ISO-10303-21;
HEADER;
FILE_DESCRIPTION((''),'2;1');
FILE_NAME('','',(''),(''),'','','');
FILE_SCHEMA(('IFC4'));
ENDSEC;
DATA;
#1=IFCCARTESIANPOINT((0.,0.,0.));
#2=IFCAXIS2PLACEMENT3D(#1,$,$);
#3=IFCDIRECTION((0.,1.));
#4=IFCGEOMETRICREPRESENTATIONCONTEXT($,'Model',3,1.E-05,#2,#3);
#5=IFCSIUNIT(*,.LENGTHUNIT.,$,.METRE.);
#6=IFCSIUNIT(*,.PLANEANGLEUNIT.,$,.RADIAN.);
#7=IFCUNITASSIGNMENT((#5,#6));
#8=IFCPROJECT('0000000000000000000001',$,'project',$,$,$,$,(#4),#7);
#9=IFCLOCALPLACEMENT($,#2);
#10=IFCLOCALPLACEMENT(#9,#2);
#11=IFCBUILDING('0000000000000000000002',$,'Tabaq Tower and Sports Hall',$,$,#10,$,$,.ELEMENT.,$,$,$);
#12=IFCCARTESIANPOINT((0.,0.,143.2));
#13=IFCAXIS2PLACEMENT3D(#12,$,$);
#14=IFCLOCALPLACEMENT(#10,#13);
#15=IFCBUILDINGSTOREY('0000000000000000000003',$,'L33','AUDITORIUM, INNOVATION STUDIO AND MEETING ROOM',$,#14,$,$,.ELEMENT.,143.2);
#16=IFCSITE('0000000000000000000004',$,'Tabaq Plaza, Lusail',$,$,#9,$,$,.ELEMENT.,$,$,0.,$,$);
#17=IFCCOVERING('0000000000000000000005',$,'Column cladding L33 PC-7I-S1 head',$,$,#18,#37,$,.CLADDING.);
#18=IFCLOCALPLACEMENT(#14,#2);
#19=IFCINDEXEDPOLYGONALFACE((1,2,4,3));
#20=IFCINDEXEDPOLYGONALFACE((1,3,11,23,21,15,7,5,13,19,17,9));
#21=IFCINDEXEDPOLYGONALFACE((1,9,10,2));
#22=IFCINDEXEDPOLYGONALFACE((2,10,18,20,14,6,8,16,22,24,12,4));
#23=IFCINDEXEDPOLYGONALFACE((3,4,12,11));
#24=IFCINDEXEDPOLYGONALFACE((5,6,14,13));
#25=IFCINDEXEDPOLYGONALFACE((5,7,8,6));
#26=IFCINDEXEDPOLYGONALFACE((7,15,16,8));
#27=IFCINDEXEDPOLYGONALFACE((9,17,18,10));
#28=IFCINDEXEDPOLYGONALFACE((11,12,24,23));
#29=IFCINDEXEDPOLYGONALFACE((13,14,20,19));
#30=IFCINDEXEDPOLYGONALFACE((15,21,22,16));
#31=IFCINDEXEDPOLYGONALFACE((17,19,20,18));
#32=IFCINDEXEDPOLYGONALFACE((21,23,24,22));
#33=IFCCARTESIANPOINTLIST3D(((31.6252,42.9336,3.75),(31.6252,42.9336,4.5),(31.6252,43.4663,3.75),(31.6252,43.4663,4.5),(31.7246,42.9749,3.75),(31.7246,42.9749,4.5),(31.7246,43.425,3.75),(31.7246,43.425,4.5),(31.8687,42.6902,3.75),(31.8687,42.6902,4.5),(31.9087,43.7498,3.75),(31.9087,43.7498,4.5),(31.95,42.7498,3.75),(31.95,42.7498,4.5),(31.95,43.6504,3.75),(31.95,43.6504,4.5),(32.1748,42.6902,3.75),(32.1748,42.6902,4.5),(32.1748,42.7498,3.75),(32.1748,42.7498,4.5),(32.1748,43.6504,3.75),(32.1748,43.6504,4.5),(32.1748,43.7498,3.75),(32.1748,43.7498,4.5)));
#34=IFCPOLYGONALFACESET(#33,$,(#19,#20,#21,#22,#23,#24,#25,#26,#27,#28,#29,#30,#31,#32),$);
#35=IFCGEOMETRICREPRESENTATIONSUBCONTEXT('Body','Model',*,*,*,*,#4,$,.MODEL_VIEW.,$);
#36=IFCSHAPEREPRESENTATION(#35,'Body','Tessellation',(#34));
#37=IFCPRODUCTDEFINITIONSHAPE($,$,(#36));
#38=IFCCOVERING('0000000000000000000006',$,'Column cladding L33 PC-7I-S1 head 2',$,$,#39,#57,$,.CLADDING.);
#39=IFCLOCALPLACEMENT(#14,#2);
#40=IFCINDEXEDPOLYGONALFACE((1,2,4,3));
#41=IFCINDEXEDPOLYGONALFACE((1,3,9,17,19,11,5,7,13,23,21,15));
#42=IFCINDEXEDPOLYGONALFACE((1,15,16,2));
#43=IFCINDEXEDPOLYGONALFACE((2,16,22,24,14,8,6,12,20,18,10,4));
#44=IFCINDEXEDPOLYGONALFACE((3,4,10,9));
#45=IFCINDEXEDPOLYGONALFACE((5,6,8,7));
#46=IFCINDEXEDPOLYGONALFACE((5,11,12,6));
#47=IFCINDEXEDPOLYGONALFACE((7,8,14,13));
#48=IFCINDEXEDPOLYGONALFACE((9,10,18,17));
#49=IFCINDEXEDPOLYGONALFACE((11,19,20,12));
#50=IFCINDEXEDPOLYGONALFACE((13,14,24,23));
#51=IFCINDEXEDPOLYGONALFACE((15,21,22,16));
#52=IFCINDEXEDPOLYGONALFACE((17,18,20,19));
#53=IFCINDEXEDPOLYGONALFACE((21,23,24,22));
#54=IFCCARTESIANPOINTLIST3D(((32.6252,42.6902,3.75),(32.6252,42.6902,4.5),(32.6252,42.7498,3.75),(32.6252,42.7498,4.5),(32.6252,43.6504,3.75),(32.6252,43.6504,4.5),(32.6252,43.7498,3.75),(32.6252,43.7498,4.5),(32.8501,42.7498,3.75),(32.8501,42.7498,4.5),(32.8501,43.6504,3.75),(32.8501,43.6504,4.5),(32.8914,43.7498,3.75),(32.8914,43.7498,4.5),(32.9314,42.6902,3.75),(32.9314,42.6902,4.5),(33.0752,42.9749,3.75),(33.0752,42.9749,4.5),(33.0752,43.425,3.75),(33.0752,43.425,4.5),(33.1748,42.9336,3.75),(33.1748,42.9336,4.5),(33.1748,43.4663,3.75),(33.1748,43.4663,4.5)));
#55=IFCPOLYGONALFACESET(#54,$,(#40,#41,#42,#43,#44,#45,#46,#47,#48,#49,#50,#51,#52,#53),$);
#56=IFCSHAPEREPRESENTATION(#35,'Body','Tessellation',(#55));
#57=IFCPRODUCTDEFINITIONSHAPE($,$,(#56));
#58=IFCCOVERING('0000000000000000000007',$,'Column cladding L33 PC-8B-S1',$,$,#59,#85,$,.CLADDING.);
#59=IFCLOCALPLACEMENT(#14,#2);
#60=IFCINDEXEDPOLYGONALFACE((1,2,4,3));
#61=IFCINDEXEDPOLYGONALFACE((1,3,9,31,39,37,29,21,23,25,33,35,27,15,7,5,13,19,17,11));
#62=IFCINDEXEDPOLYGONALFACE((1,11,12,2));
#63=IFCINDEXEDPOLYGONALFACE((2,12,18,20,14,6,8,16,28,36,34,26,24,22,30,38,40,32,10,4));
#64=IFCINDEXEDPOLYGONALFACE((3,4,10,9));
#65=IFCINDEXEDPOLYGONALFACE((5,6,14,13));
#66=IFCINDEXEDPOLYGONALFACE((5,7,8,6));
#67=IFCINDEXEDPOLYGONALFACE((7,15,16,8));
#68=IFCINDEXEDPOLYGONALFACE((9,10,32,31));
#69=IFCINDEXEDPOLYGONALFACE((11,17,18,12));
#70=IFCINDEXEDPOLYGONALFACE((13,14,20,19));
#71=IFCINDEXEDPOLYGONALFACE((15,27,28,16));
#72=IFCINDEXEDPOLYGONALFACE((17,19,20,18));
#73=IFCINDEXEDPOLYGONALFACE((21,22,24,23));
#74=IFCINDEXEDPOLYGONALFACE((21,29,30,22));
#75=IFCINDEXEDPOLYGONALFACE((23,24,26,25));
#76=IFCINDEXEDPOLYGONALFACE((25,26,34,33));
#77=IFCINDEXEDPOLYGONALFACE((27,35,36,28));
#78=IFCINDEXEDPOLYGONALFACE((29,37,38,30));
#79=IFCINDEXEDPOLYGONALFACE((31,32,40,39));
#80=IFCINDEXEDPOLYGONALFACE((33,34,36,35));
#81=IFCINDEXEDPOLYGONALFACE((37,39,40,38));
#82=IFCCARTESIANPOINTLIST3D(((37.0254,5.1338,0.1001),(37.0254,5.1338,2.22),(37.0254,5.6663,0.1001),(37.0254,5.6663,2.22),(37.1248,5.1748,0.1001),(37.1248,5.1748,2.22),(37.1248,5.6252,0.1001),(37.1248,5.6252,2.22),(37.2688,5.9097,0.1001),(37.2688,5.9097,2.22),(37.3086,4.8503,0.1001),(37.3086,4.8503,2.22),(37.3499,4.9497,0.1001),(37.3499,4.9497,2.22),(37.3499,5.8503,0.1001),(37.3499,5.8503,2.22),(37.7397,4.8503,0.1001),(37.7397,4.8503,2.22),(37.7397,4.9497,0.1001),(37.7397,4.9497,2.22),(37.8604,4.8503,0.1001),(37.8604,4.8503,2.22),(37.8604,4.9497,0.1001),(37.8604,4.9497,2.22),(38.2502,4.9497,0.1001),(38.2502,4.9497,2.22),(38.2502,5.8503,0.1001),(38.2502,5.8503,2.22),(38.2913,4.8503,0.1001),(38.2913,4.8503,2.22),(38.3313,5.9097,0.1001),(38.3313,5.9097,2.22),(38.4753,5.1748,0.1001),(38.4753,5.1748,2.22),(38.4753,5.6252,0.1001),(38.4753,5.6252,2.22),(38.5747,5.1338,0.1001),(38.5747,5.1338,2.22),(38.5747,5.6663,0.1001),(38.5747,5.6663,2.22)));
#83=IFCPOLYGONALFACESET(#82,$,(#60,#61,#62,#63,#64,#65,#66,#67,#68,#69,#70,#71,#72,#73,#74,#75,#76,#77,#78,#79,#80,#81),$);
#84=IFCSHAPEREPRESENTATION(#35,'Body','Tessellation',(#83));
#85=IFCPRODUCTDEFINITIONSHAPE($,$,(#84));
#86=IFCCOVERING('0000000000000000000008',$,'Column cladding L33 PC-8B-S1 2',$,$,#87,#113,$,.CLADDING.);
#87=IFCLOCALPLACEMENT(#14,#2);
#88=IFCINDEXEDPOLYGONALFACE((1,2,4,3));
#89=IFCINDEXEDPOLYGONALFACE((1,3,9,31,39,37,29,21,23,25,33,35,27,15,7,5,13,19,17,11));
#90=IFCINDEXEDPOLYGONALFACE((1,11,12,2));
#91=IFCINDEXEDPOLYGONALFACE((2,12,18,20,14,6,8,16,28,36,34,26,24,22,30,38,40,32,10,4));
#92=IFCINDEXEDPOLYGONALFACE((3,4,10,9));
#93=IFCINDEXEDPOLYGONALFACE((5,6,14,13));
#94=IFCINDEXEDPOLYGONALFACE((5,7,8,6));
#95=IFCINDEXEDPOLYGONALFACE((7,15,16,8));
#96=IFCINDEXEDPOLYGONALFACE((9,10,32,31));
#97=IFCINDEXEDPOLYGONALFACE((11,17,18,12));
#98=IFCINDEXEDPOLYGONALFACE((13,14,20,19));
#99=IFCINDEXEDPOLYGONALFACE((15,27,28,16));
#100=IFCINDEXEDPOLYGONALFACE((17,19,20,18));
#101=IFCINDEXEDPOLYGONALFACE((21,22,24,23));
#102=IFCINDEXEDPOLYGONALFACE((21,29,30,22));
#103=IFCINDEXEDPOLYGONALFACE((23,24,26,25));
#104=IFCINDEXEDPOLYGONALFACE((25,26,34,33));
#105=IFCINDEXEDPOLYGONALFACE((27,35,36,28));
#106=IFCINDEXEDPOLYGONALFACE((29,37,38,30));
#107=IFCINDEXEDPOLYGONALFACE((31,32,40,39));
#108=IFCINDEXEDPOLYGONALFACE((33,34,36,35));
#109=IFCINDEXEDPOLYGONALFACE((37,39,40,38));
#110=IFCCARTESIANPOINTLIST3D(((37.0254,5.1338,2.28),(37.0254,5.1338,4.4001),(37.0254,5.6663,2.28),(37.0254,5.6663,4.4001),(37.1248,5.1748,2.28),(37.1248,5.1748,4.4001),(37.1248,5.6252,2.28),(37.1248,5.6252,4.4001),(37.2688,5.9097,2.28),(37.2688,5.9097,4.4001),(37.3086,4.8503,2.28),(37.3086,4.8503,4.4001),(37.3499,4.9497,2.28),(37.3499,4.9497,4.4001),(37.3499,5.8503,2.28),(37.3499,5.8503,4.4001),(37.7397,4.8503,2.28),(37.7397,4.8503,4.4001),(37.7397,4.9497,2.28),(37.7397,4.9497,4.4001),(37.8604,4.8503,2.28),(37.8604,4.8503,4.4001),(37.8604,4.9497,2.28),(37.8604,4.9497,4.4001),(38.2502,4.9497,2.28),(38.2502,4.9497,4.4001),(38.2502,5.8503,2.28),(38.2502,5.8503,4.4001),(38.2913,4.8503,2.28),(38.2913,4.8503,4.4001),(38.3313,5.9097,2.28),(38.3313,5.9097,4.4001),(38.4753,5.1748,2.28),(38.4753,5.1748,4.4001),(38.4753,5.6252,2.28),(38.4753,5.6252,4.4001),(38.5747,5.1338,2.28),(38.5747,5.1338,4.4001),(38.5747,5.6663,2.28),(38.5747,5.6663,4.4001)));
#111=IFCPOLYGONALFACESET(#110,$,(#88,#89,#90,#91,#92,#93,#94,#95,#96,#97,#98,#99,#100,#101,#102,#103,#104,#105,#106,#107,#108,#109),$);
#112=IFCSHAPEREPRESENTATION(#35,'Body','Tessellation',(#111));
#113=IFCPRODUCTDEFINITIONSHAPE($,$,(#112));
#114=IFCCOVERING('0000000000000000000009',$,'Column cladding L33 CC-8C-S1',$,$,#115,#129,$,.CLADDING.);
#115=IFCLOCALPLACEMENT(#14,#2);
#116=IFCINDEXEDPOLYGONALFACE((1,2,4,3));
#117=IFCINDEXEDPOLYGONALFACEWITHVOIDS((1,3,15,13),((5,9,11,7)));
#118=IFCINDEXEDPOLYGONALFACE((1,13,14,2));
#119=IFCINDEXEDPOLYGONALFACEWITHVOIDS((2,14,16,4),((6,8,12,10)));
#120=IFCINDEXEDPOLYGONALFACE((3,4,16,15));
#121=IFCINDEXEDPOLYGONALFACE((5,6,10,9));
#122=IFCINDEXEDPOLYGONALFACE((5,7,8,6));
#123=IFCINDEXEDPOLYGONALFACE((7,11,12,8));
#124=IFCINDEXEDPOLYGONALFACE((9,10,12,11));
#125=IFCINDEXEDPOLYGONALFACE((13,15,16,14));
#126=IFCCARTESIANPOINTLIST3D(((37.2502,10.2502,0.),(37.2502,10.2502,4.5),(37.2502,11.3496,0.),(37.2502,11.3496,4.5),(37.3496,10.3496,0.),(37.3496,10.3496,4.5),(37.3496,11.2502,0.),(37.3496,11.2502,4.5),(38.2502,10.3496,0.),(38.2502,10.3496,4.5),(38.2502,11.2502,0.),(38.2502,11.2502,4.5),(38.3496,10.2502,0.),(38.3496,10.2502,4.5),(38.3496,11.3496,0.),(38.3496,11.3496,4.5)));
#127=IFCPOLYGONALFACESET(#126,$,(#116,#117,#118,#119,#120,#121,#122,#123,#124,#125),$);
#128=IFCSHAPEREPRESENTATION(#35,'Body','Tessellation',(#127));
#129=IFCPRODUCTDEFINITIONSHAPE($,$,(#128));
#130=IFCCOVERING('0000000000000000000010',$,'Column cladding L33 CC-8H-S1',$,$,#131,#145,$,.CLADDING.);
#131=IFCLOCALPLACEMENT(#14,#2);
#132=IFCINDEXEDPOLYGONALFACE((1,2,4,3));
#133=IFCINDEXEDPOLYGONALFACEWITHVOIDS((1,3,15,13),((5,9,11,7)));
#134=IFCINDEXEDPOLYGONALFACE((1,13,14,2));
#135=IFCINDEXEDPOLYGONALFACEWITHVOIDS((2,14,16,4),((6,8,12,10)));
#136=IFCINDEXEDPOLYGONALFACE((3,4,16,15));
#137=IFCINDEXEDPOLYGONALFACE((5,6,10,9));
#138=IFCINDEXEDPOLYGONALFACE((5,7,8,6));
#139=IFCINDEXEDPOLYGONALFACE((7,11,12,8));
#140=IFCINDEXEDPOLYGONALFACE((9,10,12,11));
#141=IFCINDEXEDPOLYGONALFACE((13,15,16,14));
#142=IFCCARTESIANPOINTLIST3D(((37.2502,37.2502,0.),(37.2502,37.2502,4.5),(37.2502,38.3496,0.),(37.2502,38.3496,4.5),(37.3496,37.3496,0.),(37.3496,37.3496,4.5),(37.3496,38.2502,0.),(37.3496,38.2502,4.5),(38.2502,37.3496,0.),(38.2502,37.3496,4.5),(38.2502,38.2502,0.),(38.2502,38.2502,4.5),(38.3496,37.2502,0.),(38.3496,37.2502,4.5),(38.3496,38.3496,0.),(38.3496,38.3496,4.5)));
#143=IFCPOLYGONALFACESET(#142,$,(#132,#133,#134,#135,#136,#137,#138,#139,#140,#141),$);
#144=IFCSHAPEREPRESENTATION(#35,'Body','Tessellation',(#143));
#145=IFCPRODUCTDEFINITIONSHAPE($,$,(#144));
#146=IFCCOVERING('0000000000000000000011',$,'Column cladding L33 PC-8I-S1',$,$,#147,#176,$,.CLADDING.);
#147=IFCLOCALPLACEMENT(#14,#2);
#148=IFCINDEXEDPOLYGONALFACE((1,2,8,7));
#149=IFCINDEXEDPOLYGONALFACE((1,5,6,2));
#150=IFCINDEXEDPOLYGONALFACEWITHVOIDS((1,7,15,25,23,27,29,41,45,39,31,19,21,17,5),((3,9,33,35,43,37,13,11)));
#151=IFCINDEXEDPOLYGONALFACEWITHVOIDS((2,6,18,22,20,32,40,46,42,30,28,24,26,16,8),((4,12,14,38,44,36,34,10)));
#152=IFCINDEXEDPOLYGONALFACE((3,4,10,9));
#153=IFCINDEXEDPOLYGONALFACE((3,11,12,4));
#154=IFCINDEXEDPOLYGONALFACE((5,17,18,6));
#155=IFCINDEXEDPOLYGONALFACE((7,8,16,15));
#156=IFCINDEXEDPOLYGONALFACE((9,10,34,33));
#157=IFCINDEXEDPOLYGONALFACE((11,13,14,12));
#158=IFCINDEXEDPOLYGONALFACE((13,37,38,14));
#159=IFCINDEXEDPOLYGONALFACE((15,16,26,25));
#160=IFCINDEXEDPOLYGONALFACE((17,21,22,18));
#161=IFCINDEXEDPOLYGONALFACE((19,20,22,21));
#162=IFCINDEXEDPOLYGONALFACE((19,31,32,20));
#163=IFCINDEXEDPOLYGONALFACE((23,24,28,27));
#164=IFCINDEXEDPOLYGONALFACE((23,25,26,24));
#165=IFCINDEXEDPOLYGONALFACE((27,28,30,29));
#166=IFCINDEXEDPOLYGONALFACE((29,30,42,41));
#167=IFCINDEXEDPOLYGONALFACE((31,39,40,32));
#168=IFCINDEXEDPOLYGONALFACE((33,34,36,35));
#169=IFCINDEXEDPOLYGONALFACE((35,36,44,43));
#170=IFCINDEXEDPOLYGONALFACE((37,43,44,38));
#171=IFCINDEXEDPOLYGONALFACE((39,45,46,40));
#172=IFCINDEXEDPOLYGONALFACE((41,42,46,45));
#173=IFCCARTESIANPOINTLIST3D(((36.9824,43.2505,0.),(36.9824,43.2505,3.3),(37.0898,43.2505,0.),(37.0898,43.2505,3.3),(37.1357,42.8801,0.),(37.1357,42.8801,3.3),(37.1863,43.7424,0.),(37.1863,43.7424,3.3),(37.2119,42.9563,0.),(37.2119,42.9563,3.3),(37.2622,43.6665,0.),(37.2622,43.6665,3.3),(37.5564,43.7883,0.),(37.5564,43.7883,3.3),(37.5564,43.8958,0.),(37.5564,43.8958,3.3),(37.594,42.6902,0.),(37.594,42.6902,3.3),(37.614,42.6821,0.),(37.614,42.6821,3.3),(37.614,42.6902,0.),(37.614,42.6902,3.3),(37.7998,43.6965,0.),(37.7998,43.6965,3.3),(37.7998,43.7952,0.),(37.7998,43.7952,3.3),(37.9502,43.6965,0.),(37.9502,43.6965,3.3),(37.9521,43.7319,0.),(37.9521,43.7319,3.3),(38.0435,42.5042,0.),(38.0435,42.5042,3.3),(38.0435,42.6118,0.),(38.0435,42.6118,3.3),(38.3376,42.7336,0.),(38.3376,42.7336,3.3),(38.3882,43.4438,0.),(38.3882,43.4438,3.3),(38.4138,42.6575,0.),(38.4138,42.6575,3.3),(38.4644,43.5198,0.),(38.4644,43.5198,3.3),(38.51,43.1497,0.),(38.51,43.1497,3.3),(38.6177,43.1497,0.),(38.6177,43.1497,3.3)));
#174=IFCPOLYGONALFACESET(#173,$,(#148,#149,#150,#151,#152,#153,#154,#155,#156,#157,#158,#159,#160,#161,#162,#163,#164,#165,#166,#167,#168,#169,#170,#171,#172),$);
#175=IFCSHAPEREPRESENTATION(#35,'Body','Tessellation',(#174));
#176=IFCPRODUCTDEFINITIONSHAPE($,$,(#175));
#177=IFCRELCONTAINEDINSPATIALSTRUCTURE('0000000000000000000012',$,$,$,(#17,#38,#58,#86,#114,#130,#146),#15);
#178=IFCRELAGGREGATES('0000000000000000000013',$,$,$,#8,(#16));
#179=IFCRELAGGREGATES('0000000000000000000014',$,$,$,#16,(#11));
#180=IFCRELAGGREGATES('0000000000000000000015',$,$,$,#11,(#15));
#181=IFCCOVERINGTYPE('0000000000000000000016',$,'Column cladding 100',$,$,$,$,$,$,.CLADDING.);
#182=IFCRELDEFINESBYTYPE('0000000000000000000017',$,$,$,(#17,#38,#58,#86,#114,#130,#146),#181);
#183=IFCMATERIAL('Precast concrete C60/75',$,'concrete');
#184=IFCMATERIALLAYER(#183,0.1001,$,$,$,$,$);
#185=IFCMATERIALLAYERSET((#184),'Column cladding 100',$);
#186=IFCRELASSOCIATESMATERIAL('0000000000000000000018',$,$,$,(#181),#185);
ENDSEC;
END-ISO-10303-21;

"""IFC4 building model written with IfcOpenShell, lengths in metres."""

from ifc_helpers import new_model, si_unit, direction, frame, origin, place, context, subcontext, project, spatial, polyline, outline, extrude, material, layer, layer_set, type_object, element, save


model = new_model("IFC4")

# Units and contexts
model_context = context("Model", 3, precision=1e-05, world=origin(), true_north=direction((0.0, 1.0)))
body_context = subcontext(model_context, "Body", "Model", "MODEL_VIEW")
ifc_project = project(units=[si_unit("LENGTHUNIT", "METRE"), si_unit("PLANEANGLEUNIT", "RADIAN")], contexts=[model_context])

# Site, building, storey
site_placement = place(None, origin())
site = spatial("IfcSite", under=ifc_project, at=site_placement, Name="Tabaq Plaza, Lusail", CompositionType="ELEMENT", RefElevation=0.0)
building_placement = place(site_placement, origin())
building = spatial("IfcBuilding", under=site, at=building_placement, Name="Tabaq Tower and Sports Hall", CompositionType="ELEMENT")
storey_placement = place(building_placement, frame((0.0, 0.0, 143.2)))
storey = spatial("IfcBuildingStorey", under=building, at=storey_placement, Name="L33", Description="AUDITORIUM, INNOVATION STUDIO AND MEETING ROOM", CompositionType="ELEMENT", Elevation=143.2)

# Coverings
ifc_material_1 = material(Name="Precast concrete C60/75", Category="concrete")
ifc_layer_1 = layer(ifc_material_1, 0.1001)
ifc_layer_set_1 = layer_set([ifc_layer_1], Name="Column cladding 100")
covering_type = type_object("IfcCoveringType", Name="Column cladding 100", PredefinedType="CLADDING", material=ifc_layer_set_1)
covering_1_placement = place(storey_placement, frame((0.0, 0.0, 3.75)))
element("IfcCovering", 1, at=covering_1_placement, inside=storey, type_object=covering_type, Name="Column cladding L33 PC-7I-S1 head", PredefinedType="CLADDING", context=body_context, shape_type="SweptSolid", body=[
    extrude(outline(polyline([(31.9087, 43.7498), (32.1748, 43.7498), (32.1748, 43.6504), (31.95, 43.6504), (31.7246, 43.425), (31.7246, 42.9749), (31.95, 42.7498), (32.1748, 42.7498), (32.1748, 42.6902), (31.8687, 42.6902), (31.6252, 42.9336), (31.6252, 43.4663), (31.9087, 43.7498)])), origin(), (0.0, 0.0, 1.0), 0.75),
])
covering_2_placement = place(storey_placement, frame((0.0, 0.0, 3.75)))
element("IfcCovering", 2, at=covering_2_placement, inside=storey, type_object=covering_type, Name="Column cladding L33 PC-7I-S1 head 2", PredefinedType="CLADDING", context=body_context, shape_type="SweptSolid", body=[
    extrude(outline(polyline([(32.8501, 42.7498), (33.0752, 42.9749), (33.0752, 43.425), (32.8501, 43.6504), (32.6252, 43.6504), (32.6252, 43.7498), (32.8914, 43.7498), (33.1748, 43.4663), (33.1748, 42.9336), (32.9314, 42.6902), (32.6252, 42.6902), (32.6252, 42.7498), (32.8501, 42.7498)])), origin(), (0.0, 0.0, 1.0), 0.75),
])
covering_3_placement = place(storey_placement, frame((0.0, 0.0, 0.1001)))
element("IfcCovering", 3, at=covering_3_placement, inside=storey, type_object=covering_type, Name="Column cladding L33 PC-8B-S1", PredefinedType="CLADDING", context=body_context, shape_type="SweptSolid", body=[
    extrude(outline(polyline([(37.0254, 5.6663), (37.2688, 5.9097), (38.3313, 5.9097), (38.5747, 5.6663), (38.5747, 5.1338), (38.2913, 4.8503), (37.8604, 4.8503), (37.8604, 4.9497), (38.2502, 4.9497), (38.4753, 5.1748), (38.4753, 5.6252), (38.2502, 5.8503), (37.3499, 5.8503), (37.1248, 5.6252), (37.1248, 5.1748), (37.3499, 4.9497), (37.7397, 4.9497), (37.7397, 4.8503), (37.3086, 4.8503), (37.0254, 5.1338), (37.0254, 5.6663)])), origin(), (0.0, 0.0, 1.0), 2.1199),
])
covering_4_placement = place(storey_placement, frame((0.0, 0.0, 2.28)))
element("IfcCovering", 4, at=covering_4_placement, inside=storey, type_object=covering_type, Name="Column cladding L33 PC-8B-S1 2", PredefinedType="CLADDING", context=body_context, shape_type="SweptSolid", body=[
    extrude(outline(polyline([(37.0254, 5.6663), (37.2688, 5.9097), (38.3313, 5.9097), (38.5747, 5.6663), (38.5747, 5.1338), (38.2913, 4.8503), (37.8604, 4.8503), (37.8604, 4.9497), (38.2502, 4.9497), (38.4753, 5.1748), (38.4753, 5.6252), (38.2502, 5.8503), (37.3499, 5.8503), (37.1248, 5.6252), (37.1248, 5.1748), (37.3499, 4.9497), (37.7397, 4.9497), (37.7397, 4.8503), (37.3086, 4.8503), (37.0254, 5.1338), (37.0254, 5.6663)])), origin(), (0.0, 0.0, 1.0), 2.1201),
])
covering_5_placement = place(storey_placement, origin())
element("IfcCovering", 5, at=covering_5_placement, inside=storey, type_object=covering_type, Name="Column cladding L33 CC-8C-S1", PredefinedType="CLADDING", context=body_context, shape_type="SweptSolid", body=[
    extrude(outline(polyline([(37.2502, 11.3496), (38.3496, 11.3496), (38.3496, 10.2502), (37.2502, 10.2502), (37.2502, 11.3496)]), holes=[polyline([(38.2502, 10.3496), (38.2502, 11.2502), (37.3496, 11.2502), (37.3496, 10.3496), (38.2502, 10.3496)])]), origin(), (0.0, 0.0, 1.0), 4.5),
])
covering_6_placement = place(storey_placement, origin())
element("IfcCovering", 6, at=covering_6_placement, inside=storey, type_object=covering_type, Name="Column cladding L33 CC-8H-S1", PredefinedType="CLADDING", context=body_context, shape_type="SweptSolid", body=[
    extrude(outline(polyline([(37.2502, 38.3496), (38.3496, 38.3496), (38.3496, 37.2502), (37.2502, 37.2502), (37.2502, 38.3496)]), holes=[polyline([(38.2502, 37.3496), (38.2502, 38.2502), (37.3496, 38.2502), (37.3496, 37.3496), (38.2502, 37.3496)])]), origin(), (0.0, 0.0, 1.0), 4.5),
])
covering_7_placement = place(storey_placement, origin())
element("IfcCovering", 7, at=covering_7_placement, inside=storey, type_object=covering_type, Name="Column cladding L33 PC-8I-S1", PredefinedType="CLADDING", context=body_context, shape_type="SweptSolid", body=[
    extrude(outline(polyline([(38.4138, 42.6575), (38.0435, 42.5042), (37.614, 42.6821), (37.614, 42.6902), (37.594, 42.6902), (37.1357, 42.8801), (36.9824, 43.2505), (37.1863, 43.7424), (37.5564, 43.8958), (37.7998, 43.7952), (37.7998, 43.6965), (37.9502, 43.6965), (37.9521, 43.7319), (38.4644, 43.5198), (38.6177, 43.1497), (38.4138, 42.6575)]), holes=[polyline([(37.2622, 43.6665), (37.0898, 43.2505), (37.2119, 42.9563), (38.0435, 42.6118), (38.3376, 42.7336), (38.51, 43.1497), (38.3882, 43.4438), (37.5564, 43.7883), (37.2622, 43.6665)])]), origin(), (0.0, 0.0, 1.0), 3.3),
])

save(model, "model.ifc")
